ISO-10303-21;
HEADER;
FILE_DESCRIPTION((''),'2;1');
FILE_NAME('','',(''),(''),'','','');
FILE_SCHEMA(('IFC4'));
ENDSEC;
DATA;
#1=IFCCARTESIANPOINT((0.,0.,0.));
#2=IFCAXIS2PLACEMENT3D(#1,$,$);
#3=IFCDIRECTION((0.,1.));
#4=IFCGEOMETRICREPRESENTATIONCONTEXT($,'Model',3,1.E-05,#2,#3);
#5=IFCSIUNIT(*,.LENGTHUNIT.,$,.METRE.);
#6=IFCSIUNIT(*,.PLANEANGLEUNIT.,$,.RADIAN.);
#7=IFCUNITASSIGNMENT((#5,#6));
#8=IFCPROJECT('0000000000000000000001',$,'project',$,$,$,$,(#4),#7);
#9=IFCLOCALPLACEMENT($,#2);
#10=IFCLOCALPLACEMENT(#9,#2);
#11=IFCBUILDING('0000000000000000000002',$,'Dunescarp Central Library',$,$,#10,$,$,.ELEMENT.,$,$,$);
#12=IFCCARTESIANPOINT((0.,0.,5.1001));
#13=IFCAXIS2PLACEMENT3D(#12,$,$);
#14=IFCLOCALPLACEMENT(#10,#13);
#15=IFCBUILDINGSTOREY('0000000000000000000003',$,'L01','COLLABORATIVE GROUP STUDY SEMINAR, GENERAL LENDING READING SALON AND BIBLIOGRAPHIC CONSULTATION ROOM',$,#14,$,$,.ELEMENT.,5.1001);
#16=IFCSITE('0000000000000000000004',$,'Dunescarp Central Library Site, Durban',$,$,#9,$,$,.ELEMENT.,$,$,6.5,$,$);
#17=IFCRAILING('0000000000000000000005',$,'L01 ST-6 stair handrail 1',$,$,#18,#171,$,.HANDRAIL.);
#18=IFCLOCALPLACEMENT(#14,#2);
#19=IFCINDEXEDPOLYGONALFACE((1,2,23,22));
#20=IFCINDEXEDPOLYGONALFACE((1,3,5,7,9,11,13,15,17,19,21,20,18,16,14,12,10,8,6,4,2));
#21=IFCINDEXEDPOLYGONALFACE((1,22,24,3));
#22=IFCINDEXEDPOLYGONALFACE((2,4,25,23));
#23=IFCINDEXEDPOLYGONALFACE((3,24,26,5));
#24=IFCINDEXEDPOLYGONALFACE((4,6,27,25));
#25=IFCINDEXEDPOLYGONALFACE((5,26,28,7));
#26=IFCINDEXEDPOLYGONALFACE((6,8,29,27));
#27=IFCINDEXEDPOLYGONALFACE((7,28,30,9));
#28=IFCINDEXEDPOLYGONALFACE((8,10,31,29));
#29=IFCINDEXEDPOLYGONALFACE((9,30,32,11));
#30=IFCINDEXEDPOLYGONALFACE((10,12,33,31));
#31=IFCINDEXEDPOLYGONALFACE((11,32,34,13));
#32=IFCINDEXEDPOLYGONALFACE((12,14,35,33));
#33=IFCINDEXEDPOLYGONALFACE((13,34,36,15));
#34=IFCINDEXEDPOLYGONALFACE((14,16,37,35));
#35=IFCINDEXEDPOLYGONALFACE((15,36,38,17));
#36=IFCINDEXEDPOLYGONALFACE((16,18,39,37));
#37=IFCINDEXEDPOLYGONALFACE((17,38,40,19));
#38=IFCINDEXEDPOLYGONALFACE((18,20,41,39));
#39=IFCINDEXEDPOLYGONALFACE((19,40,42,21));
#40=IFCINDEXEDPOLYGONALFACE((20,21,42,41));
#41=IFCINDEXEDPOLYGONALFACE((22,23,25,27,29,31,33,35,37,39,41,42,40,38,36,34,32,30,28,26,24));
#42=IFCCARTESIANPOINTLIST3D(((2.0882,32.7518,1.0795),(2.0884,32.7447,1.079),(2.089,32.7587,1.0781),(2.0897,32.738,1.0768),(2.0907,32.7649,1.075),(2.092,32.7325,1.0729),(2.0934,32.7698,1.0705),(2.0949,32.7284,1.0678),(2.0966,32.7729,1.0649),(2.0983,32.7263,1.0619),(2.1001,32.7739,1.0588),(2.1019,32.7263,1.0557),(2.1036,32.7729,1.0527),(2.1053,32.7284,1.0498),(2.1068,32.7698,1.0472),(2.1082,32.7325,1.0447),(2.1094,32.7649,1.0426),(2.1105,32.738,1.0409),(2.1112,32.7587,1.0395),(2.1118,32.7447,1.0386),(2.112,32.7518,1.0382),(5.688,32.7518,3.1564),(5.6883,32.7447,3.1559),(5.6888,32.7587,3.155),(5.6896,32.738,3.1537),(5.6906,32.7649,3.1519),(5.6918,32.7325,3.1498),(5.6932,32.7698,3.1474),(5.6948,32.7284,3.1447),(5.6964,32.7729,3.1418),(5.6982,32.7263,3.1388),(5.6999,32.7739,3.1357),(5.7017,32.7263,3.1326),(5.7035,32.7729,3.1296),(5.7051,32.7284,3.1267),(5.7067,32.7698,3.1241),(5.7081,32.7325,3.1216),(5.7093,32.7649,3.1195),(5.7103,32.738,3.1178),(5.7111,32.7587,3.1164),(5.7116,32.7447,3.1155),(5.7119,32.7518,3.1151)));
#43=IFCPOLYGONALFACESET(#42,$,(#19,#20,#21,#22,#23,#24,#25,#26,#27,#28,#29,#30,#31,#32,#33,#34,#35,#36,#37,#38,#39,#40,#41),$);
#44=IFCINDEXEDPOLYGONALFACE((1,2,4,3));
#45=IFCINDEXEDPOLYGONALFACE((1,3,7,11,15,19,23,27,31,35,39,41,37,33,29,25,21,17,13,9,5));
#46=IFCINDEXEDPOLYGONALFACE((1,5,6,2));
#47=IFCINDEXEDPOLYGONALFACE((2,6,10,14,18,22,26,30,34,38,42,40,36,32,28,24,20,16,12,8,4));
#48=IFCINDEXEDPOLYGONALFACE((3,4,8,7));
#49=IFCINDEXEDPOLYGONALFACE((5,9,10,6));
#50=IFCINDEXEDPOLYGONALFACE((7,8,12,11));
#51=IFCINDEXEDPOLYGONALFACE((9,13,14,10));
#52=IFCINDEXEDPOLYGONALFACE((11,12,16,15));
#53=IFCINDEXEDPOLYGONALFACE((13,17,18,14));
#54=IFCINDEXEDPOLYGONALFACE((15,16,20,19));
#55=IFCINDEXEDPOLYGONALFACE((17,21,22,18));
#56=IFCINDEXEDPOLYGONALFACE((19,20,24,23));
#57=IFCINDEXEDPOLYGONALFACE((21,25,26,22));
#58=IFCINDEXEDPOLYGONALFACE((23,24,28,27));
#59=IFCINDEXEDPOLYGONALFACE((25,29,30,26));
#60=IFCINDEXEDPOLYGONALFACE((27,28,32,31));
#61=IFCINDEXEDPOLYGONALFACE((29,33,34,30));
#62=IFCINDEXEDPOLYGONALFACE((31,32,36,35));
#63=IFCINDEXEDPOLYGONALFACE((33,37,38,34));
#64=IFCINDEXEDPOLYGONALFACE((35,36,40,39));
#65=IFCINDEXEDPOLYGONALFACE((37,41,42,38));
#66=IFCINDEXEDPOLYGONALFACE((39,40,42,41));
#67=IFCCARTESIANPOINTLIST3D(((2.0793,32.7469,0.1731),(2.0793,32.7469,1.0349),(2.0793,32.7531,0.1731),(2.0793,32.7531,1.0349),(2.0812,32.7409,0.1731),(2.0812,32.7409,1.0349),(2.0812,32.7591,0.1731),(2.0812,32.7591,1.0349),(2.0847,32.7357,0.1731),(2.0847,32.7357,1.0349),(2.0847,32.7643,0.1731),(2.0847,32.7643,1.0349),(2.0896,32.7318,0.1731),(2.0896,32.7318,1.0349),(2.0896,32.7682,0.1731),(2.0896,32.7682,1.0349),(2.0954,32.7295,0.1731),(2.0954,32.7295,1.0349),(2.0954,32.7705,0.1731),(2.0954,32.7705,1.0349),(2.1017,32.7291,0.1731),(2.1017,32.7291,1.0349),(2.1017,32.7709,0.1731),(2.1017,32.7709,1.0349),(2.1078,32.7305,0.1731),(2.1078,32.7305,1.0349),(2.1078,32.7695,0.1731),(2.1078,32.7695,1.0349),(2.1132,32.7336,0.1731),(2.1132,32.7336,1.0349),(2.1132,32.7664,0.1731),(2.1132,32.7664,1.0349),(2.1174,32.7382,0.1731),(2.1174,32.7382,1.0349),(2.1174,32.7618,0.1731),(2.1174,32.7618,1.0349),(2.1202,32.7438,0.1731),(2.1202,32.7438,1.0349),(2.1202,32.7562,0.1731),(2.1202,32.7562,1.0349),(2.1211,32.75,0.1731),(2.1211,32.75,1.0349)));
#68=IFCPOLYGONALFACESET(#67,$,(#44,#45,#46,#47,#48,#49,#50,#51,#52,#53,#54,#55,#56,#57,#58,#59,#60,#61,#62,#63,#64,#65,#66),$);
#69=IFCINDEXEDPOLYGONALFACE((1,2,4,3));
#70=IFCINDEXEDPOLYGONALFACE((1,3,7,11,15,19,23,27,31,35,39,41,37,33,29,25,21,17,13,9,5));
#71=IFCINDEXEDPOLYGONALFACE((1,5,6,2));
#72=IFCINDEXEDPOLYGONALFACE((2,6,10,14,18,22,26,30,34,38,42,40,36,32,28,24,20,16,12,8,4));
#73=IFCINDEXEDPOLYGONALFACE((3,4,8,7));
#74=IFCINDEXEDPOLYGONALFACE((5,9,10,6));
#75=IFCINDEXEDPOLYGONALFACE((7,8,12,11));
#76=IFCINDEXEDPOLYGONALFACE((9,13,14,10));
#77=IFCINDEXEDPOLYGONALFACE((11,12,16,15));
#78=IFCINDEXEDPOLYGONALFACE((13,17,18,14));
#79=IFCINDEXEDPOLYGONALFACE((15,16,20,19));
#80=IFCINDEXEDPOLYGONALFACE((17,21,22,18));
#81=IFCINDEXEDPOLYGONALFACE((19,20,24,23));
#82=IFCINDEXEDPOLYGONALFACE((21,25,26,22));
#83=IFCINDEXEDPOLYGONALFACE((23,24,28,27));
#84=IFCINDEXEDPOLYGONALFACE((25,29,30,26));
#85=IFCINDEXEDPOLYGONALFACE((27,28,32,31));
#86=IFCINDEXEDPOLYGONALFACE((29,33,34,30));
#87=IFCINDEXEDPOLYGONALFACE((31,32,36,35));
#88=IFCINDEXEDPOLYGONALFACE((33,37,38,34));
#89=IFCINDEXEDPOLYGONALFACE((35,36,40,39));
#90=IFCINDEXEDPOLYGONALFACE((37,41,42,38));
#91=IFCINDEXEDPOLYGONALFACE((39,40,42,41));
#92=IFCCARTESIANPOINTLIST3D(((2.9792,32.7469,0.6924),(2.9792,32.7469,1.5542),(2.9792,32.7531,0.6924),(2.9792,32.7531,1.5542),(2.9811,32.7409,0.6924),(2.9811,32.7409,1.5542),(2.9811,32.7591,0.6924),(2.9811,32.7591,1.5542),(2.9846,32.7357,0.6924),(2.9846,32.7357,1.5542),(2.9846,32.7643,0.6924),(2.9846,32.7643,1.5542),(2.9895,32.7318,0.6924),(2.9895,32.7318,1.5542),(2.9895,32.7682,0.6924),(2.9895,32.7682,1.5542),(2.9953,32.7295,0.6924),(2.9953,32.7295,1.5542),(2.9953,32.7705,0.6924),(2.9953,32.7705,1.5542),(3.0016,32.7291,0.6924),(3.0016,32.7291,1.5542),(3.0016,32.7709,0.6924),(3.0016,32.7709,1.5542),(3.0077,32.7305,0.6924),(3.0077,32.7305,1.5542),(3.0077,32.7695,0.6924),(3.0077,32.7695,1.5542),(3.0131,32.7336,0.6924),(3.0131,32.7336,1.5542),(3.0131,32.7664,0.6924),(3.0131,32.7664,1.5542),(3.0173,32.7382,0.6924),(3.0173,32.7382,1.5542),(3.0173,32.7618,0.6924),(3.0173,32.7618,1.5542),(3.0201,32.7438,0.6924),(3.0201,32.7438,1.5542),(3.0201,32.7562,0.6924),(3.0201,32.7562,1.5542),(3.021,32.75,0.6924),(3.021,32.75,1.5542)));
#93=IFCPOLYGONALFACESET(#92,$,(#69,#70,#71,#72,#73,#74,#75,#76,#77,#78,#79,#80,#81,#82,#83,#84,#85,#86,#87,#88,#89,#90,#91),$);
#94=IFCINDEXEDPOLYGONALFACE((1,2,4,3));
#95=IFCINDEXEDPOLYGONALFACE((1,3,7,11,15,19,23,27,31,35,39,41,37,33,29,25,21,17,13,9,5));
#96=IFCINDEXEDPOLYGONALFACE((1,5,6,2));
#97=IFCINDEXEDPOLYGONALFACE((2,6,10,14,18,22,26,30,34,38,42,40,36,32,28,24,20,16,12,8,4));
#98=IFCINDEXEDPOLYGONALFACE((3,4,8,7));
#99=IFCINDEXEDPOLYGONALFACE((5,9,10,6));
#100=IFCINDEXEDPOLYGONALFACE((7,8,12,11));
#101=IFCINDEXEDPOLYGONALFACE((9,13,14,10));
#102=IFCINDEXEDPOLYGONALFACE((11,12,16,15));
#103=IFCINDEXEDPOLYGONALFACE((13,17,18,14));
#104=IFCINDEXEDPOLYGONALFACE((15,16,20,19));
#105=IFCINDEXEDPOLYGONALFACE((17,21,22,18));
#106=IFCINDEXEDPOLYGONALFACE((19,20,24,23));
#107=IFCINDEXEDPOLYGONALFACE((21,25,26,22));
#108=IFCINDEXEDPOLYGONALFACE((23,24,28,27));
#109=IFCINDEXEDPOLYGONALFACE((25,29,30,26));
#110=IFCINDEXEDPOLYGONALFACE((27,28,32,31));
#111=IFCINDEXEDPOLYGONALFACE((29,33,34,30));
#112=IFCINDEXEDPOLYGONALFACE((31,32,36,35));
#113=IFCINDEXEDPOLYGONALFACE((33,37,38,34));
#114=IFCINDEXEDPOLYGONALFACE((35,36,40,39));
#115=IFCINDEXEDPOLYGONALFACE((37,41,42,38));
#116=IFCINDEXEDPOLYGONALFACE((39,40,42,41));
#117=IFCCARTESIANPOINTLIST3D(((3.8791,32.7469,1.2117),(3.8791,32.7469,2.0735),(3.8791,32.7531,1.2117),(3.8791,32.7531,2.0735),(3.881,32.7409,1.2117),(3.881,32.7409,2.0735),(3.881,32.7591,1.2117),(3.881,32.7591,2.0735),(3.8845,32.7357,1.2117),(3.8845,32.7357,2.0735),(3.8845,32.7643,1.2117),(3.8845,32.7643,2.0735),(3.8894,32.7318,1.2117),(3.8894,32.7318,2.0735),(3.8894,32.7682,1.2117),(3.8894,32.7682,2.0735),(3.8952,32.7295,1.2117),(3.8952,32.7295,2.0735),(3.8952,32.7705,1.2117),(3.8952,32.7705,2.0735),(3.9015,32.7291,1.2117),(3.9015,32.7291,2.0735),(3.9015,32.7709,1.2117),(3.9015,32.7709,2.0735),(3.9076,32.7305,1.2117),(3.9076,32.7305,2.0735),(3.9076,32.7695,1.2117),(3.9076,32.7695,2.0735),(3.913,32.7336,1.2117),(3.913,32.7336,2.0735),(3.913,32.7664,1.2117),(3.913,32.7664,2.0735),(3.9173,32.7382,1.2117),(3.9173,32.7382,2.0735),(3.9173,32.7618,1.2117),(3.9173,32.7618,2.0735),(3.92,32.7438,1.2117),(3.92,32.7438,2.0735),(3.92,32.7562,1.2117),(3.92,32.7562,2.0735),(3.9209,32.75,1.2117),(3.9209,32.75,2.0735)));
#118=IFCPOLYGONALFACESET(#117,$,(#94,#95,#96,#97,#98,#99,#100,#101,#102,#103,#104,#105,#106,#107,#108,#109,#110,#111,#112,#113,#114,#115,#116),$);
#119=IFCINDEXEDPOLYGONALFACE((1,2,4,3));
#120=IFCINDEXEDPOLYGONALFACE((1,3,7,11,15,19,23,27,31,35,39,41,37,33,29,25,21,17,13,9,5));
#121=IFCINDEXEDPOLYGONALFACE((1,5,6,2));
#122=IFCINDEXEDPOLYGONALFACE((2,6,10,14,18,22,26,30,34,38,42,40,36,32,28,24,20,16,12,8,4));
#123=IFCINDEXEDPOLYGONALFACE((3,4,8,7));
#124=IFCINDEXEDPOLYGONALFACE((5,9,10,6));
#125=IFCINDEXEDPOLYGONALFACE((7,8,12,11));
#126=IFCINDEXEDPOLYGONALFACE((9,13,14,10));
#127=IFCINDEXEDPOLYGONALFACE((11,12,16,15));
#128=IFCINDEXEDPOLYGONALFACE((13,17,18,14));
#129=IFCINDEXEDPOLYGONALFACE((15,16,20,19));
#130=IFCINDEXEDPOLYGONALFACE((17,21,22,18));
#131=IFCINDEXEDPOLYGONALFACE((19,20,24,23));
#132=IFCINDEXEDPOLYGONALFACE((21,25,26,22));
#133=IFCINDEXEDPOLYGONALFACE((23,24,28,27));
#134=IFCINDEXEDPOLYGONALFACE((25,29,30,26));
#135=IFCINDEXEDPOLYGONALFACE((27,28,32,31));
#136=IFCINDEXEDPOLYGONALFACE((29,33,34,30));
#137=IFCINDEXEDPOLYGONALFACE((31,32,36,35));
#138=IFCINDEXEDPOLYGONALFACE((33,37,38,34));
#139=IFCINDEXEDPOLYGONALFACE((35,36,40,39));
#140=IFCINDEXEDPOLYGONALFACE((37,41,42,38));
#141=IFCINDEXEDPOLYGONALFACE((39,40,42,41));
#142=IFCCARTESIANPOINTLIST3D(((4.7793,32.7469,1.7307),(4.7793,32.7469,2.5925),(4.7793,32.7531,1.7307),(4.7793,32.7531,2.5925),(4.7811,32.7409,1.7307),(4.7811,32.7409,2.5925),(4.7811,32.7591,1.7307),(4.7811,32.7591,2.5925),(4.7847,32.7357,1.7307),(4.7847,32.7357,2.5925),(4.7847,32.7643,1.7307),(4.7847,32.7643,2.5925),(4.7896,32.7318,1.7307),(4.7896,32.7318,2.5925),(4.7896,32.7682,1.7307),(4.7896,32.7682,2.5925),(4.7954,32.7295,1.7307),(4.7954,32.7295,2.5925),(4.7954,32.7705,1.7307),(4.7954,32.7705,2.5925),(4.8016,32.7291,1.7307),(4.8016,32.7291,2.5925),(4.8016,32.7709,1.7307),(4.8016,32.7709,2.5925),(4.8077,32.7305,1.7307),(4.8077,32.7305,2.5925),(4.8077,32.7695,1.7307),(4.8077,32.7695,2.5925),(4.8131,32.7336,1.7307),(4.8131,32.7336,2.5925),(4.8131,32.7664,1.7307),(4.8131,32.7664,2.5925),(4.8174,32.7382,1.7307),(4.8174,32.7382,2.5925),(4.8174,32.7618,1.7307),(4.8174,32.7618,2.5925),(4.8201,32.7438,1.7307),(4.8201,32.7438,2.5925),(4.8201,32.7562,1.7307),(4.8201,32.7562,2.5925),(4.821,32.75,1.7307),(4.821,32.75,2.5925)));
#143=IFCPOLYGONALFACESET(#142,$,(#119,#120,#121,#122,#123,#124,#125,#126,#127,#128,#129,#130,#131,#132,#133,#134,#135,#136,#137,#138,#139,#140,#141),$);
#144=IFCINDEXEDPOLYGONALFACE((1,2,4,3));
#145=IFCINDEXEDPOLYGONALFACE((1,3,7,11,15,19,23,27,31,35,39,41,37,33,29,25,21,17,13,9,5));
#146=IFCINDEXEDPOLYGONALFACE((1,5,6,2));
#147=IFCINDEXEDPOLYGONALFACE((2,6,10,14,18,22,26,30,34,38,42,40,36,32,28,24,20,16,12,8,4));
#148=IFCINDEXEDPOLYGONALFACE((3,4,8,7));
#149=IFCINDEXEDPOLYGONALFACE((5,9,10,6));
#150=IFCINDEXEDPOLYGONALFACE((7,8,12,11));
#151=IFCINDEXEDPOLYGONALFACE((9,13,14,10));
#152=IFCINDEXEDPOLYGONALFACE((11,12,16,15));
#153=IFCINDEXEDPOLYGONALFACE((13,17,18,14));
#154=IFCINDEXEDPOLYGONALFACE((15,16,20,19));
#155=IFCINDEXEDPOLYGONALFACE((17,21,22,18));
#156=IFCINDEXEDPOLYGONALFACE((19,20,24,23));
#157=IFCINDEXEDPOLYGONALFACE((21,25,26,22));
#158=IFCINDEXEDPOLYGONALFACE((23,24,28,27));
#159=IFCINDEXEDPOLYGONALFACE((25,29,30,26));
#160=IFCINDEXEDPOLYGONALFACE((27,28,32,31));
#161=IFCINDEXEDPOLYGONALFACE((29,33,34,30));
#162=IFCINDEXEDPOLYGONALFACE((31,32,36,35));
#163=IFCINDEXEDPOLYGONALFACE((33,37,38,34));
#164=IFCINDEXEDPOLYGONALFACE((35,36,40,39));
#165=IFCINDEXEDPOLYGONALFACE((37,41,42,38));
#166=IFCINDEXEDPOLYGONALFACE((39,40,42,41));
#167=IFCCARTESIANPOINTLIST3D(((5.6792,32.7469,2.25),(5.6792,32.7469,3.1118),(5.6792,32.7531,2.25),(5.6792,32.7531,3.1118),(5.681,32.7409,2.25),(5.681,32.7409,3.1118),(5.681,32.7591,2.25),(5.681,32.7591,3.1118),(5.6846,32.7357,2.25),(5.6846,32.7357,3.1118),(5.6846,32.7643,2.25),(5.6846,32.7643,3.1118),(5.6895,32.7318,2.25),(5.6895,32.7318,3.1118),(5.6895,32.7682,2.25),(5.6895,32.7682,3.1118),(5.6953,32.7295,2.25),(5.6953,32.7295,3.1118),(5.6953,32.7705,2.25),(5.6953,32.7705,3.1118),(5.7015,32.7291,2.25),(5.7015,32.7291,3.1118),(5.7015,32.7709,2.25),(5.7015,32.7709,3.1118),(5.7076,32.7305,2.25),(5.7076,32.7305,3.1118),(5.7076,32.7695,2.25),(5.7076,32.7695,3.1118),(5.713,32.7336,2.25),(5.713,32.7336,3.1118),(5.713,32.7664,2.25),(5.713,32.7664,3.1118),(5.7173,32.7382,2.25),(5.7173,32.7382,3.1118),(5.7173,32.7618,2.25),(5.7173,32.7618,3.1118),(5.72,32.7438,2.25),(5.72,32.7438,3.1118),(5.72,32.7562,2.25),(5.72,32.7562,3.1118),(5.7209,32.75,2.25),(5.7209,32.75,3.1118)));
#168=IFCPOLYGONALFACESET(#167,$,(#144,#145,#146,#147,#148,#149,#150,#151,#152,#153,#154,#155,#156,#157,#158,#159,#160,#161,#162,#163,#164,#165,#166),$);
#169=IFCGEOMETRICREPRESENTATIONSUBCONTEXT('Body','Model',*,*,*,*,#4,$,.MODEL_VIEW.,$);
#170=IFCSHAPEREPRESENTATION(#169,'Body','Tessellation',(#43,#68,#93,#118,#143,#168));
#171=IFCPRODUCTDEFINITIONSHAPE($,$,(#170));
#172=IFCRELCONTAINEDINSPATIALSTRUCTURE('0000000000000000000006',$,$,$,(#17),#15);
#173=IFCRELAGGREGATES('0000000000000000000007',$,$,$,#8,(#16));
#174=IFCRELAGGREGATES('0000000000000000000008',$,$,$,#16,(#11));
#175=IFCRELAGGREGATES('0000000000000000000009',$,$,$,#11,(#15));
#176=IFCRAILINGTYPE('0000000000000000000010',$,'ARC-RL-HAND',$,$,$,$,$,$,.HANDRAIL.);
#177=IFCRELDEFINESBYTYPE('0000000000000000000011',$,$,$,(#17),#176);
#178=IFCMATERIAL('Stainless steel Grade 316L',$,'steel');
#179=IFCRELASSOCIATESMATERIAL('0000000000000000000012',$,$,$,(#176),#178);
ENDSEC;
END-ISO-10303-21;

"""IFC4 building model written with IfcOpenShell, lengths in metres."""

from ifc_helpers import new_model, si_unit, direction, frame, origin, origin_2d, place, context, subcontext, project, spatial, circle, extrude, material, type_object, element, save


model = new_model("IFC4")

# Units and contexts
model_context = context("Model", 3, precision=1e-05, world=origin(), true_north=direction((0.0, 1.0)))
body_context = subcontext(model_context, "Body", "Model", "MODEL_VIEW")
ifc_project = project(units=[si_unit("LENGTHUNIT", "METRE"), si_unit("PLANEANGLEUNIT", "RADIAN")], contexts=[model_context])

# Site, building, storey
site_placement = place(None, origin())
site = spatial("IfcSite", under=ifc_project, at=site_placement, Name="Dunescarp Central Library Site, Durban", CompositionType="ELEMENT", RefElevation=6.5)
building_placement = place(site_placement, origin())
building = spatial("IfcBuilding", under=site, at=building_placement, Name="Dunescarp Central Library", CompositionType="ELEMENT")
storey_placement = place(building_placement, frame((0.0, 0.0, 5.1001)))
storey = spatial("IfcBuildingStorey", under=building, at=storey_placement, Name="L01", Description="COLLABORATIVE GROUP STUDY SEMINAR, GENERAL LENDING READING SALON AND BIBLIOGRAPHIC CONSULTATION ROOM", CompositionType="ELEMENT", Elevation=5.1001)

# Railing
ifc_material_1 = material(Name="Stainless steel Grade 316L", Category="steel")
railing_type_1 = type_object("IfcRailingType", Name="ARC-RL-HAND", PredefinedType="HANDRAIL", material=ifc_material_1)
railing_1_placement = place(storey_placement, frame((2.1001, 32.75, 0.1731)))
element("IfcRailing", 1, at=railing_1_placement, inside=storey, type_object=railing_type_1, Name="L01 ST-6 stair handrail 1", PredefinedType="HANDRAIL", context=body_context, shape_type="SweptSolid", body=[
    extrude(circle(Radius=0.0239, at=origin_2d()), frame((0.0, 0.0, 0.8857), z_axis=(0.866179, 0.0, 0.499734), x_axis=(0.0, 1.0, 0.0)), (0.0, 0.0, 1.0), 4.156),
    extrude(circle(Radius=0.021, at=origin_2d()), origin(), (0.0, 0.0, 1.0), 0.8618),
    extrude(circle(Radius=0.021, at=origin_2d()), frame((0.8999, 0.0, 0.5193)), (0.0, 0.0, 1.0), 0.8618),
    extrude(circle(Radius=0.021, at=origin_2d()), frame((1.7998, 0.0, 1.0386)), (0.0, 0.0, 1.0), 0.8618),
    extrude(circle(Radius=0.021, at=origin_2d()), frame((2.7, 0.0, 1.5576)), (0.0, 0.0, 1.0), 0.8618),
    extrude(circle(Radius=0.021, at=origin_2d()), frame((3.5999, 0.0, 2.0769)), (0.0, 0.0, 1.0), 0.8618),
])

save(model, "model.ifc")
